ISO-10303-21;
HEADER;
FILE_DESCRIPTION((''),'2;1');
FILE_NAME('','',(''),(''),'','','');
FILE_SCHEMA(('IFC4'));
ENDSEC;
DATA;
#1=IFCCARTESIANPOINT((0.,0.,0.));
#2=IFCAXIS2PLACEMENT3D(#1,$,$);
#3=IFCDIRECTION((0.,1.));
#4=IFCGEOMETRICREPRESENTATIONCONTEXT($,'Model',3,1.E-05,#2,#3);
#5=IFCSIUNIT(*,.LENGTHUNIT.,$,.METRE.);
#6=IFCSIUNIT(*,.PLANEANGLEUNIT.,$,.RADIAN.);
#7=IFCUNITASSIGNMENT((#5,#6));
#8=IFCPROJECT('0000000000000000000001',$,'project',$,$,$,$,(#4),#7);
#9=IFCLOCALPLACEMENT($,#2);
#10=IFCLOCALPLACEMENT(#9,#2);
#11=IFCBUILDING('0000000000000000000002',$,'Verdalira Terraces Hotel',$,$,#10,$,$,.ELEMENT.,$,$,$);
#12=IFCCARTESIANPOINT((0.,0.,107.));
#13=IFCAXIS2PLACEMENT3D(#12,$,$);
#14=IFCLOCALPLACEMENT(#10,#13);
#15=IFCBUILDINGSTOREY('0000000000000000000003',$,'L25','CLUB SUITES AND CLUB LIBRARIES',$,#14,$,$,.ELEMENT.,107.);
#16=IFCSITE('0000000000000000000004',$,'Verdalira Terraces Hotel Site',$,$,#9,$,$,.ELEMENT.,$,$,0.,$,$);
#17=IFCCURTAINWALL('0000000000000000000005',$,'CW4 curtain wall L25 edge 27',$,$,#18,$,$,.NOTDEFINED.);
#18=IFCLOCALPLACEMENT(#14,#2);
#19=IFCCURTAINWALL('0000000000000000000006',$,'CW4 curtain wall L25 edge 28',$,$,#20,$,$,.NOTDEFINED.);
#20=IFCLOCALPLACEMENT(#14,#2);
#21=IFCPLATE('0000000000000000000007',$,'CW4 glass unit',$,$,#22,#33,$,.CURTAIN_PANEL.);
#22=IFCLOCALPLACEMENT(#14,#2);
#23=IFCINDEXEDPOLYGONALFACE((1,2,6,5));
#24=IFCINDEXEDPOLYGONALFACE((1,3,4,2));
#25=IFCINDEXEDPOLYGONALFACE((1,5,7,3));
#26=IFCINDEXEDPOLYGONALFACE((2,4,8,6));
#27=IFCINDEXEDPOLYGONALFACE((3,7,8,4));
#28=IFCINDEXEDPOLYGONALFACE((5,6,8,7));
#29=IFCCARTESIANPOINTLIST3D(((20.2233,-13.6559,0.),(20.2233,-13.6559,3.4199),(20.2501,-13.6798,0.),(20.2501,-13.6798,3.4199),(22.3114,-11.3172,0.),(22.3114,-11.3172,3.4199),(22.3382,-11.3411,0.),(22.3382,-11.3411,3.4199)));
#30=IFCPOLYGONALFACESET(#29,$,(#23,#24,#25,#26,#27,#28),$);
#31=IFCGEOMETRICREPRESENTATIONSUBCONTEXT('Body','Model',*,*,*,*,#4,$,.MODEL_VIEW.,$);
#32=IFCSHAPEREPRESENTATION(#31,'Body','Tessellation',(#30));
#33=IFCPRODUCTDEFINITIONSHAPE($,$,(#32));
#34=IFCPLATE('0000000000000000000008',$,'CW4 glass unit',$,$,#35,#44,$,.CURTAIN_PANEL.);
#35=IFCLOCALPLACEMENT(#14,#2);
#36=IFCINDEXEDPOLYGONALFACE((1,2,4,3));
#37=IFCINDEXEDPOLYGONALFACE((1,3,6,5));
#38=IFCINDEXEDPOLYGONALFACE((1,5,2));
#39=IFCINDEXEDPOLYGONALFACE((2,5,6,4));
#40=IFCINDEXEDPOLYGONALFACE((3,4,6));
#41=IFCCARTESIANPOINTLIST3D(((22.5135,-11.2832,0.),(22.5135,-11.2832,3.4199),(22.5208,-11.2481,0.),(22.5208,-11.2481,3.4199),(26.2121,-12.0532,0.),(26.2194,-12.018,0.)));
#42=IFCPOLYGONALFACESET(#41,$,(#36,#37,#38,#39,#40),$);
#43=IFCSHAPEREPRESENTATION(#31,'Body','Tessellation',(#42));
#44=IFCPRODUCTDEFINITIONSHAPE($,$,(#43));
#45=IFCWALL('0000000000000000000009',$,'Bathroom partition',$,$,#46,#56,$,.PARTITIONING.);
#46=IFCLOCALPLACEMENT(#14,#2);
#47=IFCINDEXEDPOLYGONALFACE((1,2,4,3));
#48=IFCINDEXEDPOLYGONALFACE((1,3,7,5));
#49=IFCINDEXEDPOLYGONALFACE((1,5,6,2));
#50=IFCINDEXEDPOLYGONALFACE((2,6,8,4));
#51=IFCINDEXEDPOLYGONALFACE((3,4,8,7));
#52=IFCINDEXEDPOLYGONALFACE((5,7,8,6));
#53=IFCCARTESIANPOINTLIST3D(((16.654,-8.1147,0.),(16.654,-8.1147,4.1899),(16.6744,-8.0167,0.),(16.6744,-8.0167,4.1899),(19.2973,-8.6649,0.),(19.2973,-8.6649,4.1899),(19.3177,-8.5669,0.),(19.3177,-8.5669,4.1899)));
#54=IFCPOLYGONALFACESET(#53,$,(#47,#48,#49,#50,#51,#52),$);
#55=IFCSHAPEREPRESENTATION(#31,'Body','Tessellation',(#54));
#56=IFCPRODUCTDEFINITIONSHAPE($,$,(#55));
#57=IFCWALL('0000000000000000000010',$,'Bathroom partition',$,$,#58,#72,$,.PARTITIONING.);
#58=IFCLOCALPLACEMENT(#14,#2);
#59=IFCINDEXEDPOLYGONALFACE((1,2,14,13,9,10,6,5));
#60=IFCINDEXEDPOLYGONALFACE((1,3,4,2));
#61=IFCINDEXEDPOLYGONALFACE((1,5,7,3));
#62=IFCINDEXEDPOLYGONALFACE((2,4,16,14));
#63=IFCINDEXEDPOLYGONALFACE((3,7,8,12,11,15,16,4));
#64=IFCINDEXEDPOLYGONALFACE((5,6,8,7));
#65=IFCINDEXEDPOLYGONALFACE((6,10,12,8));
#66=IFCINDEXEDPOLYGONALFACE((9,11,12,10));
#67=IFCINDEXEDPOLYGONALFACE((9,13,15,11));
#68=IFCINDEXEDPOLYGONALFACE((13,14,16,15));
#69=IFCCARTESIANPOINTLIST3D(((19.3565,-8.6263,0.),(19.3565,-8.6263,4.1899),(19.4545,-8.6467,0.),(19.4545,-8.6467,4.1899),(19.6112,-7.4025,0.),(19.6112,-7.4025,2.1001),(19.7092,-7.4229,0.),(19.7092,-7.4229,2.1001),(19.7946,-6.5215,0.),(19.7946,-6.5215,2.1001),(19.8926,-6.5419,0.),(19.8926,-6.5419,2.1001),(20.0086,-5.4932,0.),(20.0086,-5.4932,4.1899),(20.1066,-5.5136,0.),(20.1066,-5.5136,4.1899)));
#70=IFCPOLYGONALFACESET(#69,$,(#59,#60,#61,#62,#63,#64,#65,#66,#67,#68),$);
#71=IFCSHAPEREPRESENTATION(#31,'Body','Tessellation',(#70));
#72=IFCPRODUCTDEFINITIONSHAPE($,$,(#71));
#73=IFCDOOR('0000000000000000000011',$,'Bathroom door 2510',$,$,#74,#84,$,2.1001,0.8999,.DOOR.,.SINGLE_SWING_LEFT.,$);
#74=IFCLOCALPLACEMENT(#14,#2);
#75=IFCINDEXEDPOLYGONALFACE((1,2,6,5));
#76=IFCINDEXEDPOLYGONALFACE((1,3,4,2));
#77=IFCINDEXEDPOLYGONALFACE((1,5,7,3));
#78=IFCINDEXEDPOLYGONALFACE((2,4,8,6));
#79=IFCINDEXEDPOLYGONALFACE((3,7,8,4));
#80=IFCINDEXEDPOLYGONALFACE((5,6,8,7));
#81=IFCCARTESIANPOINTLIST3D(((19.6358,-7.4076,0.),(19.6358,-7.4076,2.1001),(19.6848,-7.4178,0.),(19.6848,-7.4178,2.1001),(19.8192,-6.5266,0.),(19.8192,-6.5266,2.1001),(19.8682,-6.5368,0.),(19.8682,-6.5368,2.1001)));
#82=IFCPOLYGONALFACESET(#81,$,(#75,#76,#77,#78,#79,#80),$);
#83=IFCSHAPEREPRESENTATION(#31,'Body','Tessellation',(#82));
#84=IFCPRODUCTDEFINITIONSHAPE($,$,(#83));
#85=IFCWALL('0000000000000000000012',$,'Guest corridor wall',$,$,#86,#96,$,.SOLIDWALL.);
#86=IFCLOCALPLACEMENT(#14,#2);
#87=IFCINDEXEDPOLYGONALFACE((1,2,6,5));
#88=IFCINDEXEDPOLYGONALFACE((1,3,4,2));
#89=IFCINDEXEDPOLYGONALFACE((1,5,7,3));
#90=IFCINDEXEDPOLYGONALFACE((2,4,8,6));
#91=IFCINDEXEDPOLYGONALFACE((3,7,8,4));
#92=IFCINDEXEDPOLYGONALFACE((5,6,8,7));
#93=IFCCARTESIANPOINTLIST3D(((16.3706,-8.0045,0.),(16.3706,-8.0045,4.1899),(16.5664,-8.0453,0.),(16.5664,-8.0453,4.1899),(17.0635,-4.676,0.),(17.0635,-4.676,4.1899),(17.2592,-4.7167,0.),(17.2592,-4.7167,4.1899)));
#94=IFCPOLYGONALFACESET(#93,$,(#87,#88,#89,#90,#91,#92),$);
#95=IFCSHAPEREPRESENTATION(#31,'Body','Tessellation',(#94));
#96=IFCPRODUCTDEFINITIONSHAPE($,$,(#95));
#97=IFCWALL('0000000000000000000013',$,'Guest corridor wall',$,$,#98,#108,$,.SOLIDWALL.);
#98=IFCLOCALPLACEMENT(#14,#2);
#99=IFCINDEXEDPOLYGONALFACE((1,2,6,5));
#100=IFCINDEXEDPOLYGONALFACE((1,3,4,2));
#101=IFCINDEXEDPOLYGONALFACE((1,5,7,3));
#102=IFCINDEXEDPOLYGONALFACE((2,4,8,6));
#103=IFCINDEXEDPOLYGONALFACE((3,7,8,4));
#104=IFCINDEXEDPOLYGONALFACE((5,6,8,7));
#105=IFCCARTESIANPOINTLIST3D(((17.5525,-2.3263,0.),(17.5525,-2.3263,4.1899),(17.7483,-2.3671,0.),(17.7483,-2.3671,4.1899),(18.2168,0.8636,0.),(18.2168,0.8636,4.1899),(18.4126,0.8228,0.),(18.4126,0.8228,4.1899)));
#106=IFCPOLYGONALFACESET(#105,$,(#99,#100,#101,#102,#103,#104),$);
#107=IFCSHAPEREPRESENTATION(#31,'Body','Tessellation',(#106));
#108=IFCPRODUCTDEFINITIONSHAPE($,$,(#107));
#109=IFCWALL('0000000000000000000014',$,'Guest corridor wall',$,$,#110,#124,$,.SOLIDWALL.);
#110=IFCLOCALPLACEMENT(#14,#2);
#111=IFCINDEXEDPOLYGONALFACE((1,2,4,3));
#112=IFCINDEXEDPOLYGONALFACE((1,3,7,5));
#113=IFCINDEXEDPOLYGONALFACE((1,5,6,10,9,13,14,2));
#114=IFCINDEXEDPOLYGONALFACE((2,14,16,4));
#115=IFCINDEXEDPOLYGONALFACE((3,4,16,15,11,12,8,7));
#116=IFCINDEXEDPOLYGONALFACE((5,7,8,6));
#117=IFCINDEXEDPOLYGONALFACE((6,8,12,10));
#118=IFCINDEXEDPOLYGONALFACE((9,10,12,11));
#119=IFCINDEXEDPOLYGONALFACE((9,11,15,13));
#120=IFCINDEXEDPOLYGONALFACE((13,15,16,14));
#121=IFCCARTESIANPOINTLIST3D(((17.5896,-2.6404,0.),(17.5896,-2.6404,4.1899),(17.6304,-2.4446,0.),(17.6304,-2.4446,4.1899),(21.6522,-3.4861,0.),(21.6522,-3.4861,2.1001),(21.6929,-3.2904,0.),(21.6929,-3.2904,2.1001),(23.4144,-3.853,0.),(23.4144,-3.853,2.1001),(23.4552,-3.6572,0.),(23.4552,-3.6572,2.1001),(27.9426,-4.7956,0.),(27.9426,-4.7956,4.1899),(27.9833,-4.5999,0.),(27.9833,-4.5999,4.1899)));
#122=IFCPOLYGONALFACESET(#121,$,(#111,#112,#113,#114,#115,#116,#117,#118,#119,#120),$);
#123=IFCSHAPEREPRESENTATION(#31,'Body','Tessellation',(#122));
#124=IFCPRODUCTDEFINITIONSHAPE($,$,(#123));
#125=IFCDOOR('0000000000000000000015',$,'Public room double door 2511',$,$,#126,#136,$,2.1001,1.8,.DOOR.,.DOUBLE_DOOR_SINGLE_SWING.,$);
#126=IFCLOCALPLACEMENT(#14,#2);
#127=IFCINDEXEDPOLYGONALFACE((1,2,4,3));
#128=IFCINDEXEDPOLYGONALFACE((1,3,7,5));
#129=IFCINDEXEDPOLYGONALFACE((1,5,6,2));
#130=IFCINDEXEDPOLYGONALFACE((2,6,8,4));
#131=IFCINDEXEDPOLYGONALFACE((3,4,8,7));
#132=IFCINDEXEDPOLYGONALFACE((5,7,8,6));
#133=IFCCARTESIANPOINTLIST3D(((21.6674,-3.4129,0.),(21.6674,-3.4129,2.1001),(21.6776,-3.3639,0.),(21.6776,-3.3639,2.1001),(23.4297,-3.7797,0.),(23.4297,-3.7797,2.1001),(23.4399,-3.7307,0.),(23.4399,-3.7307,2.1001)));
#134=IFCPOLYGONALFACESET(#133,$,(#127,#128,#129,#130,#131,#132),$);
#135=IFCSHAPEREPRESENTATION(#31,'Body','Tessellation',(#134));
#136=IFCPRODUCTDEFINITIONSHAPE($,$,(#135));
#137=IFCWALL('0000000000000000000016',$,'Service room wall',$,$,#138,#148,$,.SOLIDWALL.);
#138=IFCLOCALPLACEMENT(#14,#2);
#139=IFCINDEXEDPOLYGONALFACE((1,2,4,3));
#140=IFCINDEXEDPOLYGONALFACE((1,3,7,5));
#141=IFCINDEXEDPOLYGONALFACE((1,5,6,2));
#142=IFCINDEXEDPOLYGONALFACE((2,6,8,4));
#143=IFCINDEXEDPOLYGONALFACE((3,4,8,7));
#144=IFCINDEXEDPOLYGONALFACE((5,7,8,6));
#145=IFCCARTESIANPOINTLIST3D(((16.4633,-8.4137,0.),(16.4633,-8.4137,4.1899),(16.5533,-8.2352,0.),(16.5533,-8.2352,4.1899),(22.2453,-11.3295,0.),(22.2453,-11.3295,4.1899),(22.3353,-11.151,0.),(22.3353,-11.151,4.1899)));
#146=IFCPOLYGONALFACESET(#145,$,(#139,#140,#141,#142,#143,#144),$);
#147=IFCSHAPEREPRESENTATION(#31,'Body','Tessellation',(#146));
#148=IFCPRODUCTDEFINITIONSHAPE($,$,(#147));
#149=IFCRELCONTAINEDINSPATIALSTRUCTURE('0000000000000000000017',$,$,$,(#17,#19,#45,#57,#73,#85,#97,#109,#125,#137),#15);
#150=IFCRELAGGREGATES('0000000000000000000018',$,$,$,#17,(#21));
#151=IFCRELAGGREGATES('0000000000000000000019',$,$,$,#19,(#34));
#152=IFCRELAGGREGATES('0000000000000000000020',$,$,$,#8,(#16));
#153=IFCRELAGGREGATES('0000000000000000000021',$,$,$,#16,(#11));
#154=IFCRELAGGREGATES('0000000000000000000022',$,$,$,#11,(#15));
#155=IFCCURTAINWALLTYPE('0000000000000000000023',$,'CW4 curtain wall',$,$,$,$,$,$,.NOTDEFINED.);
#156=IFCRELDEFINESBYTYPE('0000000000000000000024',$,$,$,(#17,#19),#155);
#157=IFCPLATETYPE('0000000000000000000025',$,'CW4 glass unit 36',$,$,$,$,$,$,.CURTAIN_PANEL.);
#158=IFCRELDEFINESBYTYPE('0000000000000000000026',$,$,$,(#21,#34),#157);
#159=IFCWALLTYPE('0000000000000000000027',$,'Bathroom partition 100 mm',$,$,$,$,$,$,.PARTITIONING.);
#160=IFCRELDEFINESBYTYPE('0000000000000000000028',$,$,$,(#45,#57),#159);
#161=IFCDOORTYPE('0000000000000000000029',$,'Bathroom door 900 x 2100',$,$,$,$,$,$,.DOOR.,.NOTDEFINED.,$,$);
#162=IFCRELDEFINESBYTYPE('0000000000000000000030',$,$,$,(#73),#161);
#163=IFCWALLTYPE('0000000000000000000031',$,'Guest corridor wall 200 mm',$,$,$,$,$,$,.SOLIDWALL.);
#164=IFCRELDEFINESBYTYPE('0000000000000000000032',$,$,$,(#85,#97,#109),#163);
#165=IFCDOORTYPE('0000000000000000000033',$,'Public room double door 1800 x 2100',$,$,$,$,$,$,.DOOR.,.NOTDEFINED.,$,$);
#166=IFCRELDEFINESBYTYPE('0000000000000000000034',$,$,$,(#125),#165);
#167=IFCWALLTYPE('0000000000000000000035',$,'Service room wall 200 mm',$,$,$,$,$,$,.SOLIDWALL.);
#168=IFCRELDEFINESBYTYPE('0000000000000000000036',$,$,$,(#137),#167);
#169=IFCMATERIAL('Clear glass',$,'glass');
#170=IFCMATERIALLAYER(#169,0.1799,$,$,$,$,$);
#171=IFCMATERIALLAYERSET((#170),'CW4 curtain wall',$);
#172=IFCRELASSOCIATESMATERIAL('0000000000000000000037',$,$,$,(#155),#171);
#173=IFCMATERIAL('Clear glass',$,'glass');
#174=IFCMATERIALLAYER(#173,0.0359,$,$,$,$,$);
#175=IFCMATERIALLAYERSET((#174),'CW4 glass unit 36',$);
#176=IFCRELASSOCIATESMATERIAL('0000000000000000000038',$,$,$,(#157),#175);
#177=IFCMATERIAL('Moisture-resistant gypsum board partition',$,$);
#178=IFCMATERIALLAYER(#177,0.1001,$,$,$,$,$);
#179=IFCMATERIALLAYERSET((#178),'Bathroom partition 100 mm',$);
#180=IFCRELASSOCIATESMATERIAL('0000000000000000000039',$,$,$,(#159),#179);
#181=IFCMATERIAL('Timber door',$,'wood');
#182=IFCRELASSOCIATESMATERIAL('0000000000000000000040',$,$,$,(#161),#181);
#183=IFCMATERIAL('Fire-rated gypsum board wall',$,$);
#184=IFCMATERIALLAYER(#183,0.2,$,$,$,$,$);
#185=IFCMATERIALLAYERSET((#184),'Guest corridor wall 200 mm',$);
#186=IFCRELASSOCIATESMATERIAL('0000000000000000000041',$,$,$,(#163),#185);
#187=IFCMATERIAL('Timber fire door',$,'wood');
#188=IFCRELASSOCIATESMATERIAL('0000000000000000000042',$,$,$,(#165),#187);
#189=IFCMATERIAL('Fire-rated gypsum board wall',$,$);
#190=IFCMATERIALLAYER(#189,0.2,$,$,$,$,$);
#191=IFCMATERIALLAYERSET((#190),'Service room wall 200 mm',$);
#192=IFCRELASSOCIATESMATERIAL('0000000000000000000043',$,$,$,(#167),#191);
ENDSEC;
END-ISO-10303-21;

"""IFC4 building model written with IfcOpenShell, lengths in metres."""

from ifc_helpers import new_model, si_unit, direction, frame, frame_2d, origin, origin_2d, place, context, subcontext, project, spatial, polyline, rectangle, outline, extrude, material, layer, layer_set, type_object, element, fill, aggregate, save


model = new_model("IFC4")

# Units and contexts
model_context = context("Model", 3, precision=1e-05, world=origin(), true_north=direction((0.0, 1.0)))
body_context = subcontext(model_context, "Body", "Model", "MODEL_VIEW")
ifc_project = project(units=[si_unit("LENGTHUNIT", "METRE"), si_unit("PLANEANGLEUNIT", "RADIAN")], contexts=[model_context])

# Site, building, storey
site_placement = place(None, origin())
site = spatial("IfcSite", under=ifc_project, at=site_placement, Name="Verdalira Terraces Hotel Site", CompositionType="ELEMENT", RefElevation=0.0)
building_placement = place(site_placement, origin())
building = spatial("IfcBuilding", under=site, at=building_placement, Name="Verdalira Terraces Hotel", CompositionType="ELEMENT")
storey_placement = place(building_placement, frame((0.0, 0.0, 107.0)))
storey = spatial("IfcBuildingStorey", under=building, at=storey_placement, Name="L25", Description="CLUB SUITES AND CLUB LIBRARIES", CompositionType="ELEMENT", Elevation=107.0)

# Curtain walls
ifc_material_1 = material(Name="Clear glass", Category="glass")
ifc_layer_1 = layer(ifc_material_1, 0.1799)
ifc_layer_set_1 = layer_set([ifc_layer_1], Name="CW4 curtain wall")
curtain_wall_type = type_object("IfcCurtainWallType", Name="CW4 curtain wall", PredefinedType="NOTDEFINED", material=ifc_layer_set_1)
curtain_wall_1_placement = place(storey_placement, origin())
curtain_wall_1 = element("IfcCurtainWall", 1, at=curtain_wall_1_placement, inside=storey, type_object=curtain_wall_type, Name="CW4 curtain wall L25 edge 27", PredefinedType="NOTDEFINED")
curtain_wall_2_placement = place(storey_placement, origin())
curtain_wall_2 = element("IfcCurtainWall", 2, at=curtain_wall_2_placement, inside=storey, type_object=curtain_wall_type, Name="CW4 curtain wall L25 edge 28", PredefinedType="NOTDEFINED")

# Plates
ifc_material_2 = material(Name="Clear glass", Category="glass")
ifc_layer_2 = layer(ifc_material_2, 0.0359)
ifc_layer_set_2 = layer_set([ifc_layer_2], Name="CW4 glass unit 36")
plate_type = type_object("IfcPlateType", Name="CW4 glass unit 36", PredefinedType="CURTAIN_PANEL", material=ifc_layer_set_2)
plate_1_placement = place(storey_placement, frame((21.2808, -12.4985, 0.0), z_axis=(0.0, 0.0, 1.0), x_axis=(0.666012, 0.745941, 0.0)))
plate_1 = element("IfcPlate", 3, at=plate_1_placement, type_object=plate_type, Name="CW4 glass unit", PredefinedType="CURTAIN_PANEL", context=body_context, shape_type="SweptSolid", body=[
    extrude(rectangle(XDim=3.1353, YDim=0.0359, at=origin_2d()), origin(), (0.0, 0.0, 1.0), 3.4199),
])
aggregate(curtain_wall_1, [plate_1])
plate_2_placement = place(storey_placement, frame((24.3701, -11.6331, 1.71), z_axis=(-0.203813, -0.97901, 0.0), x_axis=(0.97901, -0.203813, 0.0)))
plate_2 = element("IfcPlate", 4, at=plate_2_placement, type_object=plate_type, Name="CW4 glass unit", PredefinedType="CURTAIN_PANEL", context=body_context, shape_type="SweptSolid", body=[
    extrude(outline(polyline([(-1.8889, -1.71), (1.8889, -1.71), (-1.8889, 1.71), (-1.8889, -1.71)])), origin(), (0.0, 0.0, 1.0), 0.0359),
])
aggregate(curtain_wall_2, [plate_2])

# Wall
ifc_material_3 = material(Name="Moisture-resistant gypsum board partition")
ifc_layer_3 = layer(ifc_material_3, 0.1001)
ifc_layer_set_3 = layer_set([ifc_layer_3], Name="Bathroom partition 100 mm")
wall_type_1 = type_object("IfcWallType", Name="Bathroom partition 100 mm", PredefinedType="PARTITIONING", material=ifc_layer_set_3)
wall_1_placement = place(storey_placement, frame((19.3076, -8.616, 0.0), z_axis=(0.0, 0.0, 1.0), x_axis=(-0.97901, 0.203813, 0.0)))
element("IfcWall", 5, at=wall_1_placement, inside=storey, type_object=wall_type_1, Name="Bathroom partition", PredefinedType="PARTITIONING", context=body_context, shape_type="SweptSolid", body=[
    extrude(rectangle(XDim=2.7, YDim=0.1001, at=frame_2d((1.3501, 0.0))), origin(), (0.0, 0.0, 1.0), 4.1899),
])

# Wall, opening, door
wall_2_placement = place(storey_placement, frame((19.4055, -8.6365, 0.0), z_axis=(0.0, 0.0, 1.0), x_axis=(0.203768, 0.979019, 0.0)))
wall_2 = element("IfcWall", 6, at=wall_2_placement, inside=storey, type_object=wall_type_1, Name="Bathroom partition", PredefinedType="PARTITIONING", context=body_context, shape_type="SweptSolid", body=[
    extrude(rectangle(XDim=3.2002, YDim=0.1001, at=frame_2d((1.6001, 0.0))), origin(), (0.0, 0.0, 1.0), 4.1899),
])
opening_1_placement = place(wall_2_placement, frame((1.25, 0.0, 0.0)))
opening_1 = element("IfcOpeningElement", 7, at=opening_1_placement, cuts=wall_2, PredefinedType="OPENING", context=body_context, shape_type="SweptSolid", body=[
    extrude(rectangle(XDim=0.8999, YDim=2.1001, at=frame_2d((0.45, 1.05))), frame((0.0, 0.0601, 0.0), z_axis=(0.0, -1.0, 0.0), x_axis=(1.0, 0.0, 0.0)), (0.0, 0.0, 1.0), 0.1201),
])
ifc_material_4 = material(Name="Timber door", Category="wood")
door_type_1 = type_object("IfcDoorType", Name="Bathroom door 900 x 2100", OperationType="NOTDEFINED", PredefinedType="DOOR", material=ifc_material_4)
door_1_placement = place(opening_1_placement, origin())
door_1 = element("IfcDoor", 8, at=door_1_placement, inside=storey, type_object=door_type_1, Name="Bathroom door 2510", OperationType="SINGLE_SWING_LEFT", OverallHeight=2.1001, OverallWidth=0.8999, PredefinedType="DOOR", context=body_context, shape_type="SweptSolid", body=[
    extrude(rectangle(XDim=0.8999, YDim=2.1001, at=frame_2d((0.45, 1.05))), frame((0.0, 0.0249, 0.0), z_axis=(0.0, -1.0, 0.0), x_axis=(1.0, 0.0, 0.0)), (0.0, 0.0, 1.0), 0.05),
])
fill(opening_1, door_1)

# Walls
ifc_material_5 = material(Name="Fire-rated gypsum board wall")
ifc_layer_4 = layer(ifc_material_5, 0.2)
ifc_layer_set_4 = layer_set([ifc_layer_4], Name="Guest corridor wall 200 mm")
wall_type_2 = type_object("IfcWallType", Name="Guest corridor wall 200 mm", PredefinedType="SOLIDWALL", material=ifc_layer_set_4)
wall_3_placement = place(storey_placement, frame((16.4685, -8.0249, 0.0), z_axis=(0.0, 0.0, 1.0), x_axis=(0.203788, 0.979015, 0.0)))
element("IfcWall", 9, at=wall_3_placement, inside=storey, type_object=wall_type_2, Name="Guest corridor wall", PredefinedType="SOLIDWALL", context=body_context, shape_type="SweptSolid", body=[
    extrude(rectangle(XDim=3.3999, YDim=0.2, at=frame_2d((1.7, 0.0))), origin(), (0.0, 0.0, 1.0), 4.1899),
])
wall_4_placement = place(storey_placement, frame((17.6504, -2.3467, 0.0), z_axis=(0.0, 0.0, 1.0), x_axis=(0.203876, 0.978997, 0.0)))
element("IfcWall", 10, at=wall_4_placement, inside=storey, type_object=wall_type_2, Name="Guest corridor wall", PredefinedType="SOLIDWALL", context=body_context, shape_type="SweptSolid", body=[
    extrude(rectangle(XDim=3.2583, YDim=0.2, at=frame_2d((1.6292, 0.0))), origin(), (0.0, 0.0, 1.0), 4.1899),
])

# Wall, opening, door
wall_5_placement = place(storey_placement, frame((17.6099, -2.5425, 0.0), z_axis=(0.0, 0.0, 1.0), x_axis=(0.979011, -0.203809, 0.0)))
wall_5 = element("IfcWall", 11, at=wall_5_placement, inside=storey, type_object=wall_type_2, Name="Guest corridor wall", PredefinedType="SOLIDWALL", context=body_context, shape_type="SweptSolid", body=[
    extrude(rectangle(XDim=10.575, YDim=0.2, at=frame_2d((5.2876, 0.0))), origin(), (0.0, 0.0, 1.0), 4.1899),
])
opening_2_placement = place(wall_5_placement, frame((4.1499, 0.0, 0.0)))
opening_2 = element("IfcOpeningElement", 12, at=opening_2_placement, cuts=wall_5, PredefinedType="OPENING", context=body_context, shape_type="SweptSolid", body=[
    extrude(rectangle(XDim=1.8, YDim=2.1001, at=frame_2d((0.8999, 1.05))), frame((0.0, 0.1099, 0.0), z_axis=(0.0, -1.0, 0.0), x_axis=(1.0, 0.0, 0.0)), (0.0, 0.0, 1.0), 0.22),
])
ifc_material_6 = material(Name="Timber fire door", Category="wood")
door_type_2 = type_object("IfcDoorType", Name="Public room double door 1800 x 2100", OperationType="NOTDEFINED", PredefinedType="DOOR", material=ifc_material_6)
door_2_placement = place(opening_2_placement, origin())
door_2 = element("IfcDoor", 13, at=door_2_placement, inside=storey, type_object=door_type_2, Name="Public room double door 2511", OperationType="DOUBLE_DOOR_SINGLE_SWING", OverallHeight=2.1001, OverallWidth=1.8, PredefinedType="DOOR", context=body_context, shape_type="SweptSolid", body=[
    extrude(rectangle(XDim=1.8, YDim=2.1001, at=frame_2d((0.8999, 1.05))), frame((0.0, 0.0249, 0.0), z_axis=(0.0, -1.0, 0.0), x_axis=(1.0, 0.0, 0.0)), (0.0, 0.0, 1.0), 0.05),
])
fill(opening_2, door_2)

# Wall
ifc_material_7 = material(Name="Fire-rated gypsum board wall")
ifc_layer_5 = layer(ifc_material_7, 0.2)
ifc_layer_set_5 = layer_set([ifc_layer_5], Name="Service room wall 200 mm")
wall_type_3 = type_object("IfcWallType", Name="Service room wall 200 mm", PredefinedType="SOLIDWALL", material=ifc_layer_set_5)
wall_6_placement = place(storey_placement, frame((16.5083, -8.3245, 0.0), z_axis=(0.0, 0.0, 1.0), x_axis=(0.892891, -0.450272, 0.0)))
element("IfcWall", 14, at=wall_6_placement, inside=storey, type_object=wall_type_3, Name="Service room wall", PredefinedType="SOLIDWALL", context=body_context, shape_type="SweptSolid", body=[
    extrude(rectangle(XDim=6.4756, YDim=0.2, at=frame_2d((3.2378, 0.0))), origin(), (0.0, 0.0, 1.0), 4.1899),
])

save(model, "model.ifc")
